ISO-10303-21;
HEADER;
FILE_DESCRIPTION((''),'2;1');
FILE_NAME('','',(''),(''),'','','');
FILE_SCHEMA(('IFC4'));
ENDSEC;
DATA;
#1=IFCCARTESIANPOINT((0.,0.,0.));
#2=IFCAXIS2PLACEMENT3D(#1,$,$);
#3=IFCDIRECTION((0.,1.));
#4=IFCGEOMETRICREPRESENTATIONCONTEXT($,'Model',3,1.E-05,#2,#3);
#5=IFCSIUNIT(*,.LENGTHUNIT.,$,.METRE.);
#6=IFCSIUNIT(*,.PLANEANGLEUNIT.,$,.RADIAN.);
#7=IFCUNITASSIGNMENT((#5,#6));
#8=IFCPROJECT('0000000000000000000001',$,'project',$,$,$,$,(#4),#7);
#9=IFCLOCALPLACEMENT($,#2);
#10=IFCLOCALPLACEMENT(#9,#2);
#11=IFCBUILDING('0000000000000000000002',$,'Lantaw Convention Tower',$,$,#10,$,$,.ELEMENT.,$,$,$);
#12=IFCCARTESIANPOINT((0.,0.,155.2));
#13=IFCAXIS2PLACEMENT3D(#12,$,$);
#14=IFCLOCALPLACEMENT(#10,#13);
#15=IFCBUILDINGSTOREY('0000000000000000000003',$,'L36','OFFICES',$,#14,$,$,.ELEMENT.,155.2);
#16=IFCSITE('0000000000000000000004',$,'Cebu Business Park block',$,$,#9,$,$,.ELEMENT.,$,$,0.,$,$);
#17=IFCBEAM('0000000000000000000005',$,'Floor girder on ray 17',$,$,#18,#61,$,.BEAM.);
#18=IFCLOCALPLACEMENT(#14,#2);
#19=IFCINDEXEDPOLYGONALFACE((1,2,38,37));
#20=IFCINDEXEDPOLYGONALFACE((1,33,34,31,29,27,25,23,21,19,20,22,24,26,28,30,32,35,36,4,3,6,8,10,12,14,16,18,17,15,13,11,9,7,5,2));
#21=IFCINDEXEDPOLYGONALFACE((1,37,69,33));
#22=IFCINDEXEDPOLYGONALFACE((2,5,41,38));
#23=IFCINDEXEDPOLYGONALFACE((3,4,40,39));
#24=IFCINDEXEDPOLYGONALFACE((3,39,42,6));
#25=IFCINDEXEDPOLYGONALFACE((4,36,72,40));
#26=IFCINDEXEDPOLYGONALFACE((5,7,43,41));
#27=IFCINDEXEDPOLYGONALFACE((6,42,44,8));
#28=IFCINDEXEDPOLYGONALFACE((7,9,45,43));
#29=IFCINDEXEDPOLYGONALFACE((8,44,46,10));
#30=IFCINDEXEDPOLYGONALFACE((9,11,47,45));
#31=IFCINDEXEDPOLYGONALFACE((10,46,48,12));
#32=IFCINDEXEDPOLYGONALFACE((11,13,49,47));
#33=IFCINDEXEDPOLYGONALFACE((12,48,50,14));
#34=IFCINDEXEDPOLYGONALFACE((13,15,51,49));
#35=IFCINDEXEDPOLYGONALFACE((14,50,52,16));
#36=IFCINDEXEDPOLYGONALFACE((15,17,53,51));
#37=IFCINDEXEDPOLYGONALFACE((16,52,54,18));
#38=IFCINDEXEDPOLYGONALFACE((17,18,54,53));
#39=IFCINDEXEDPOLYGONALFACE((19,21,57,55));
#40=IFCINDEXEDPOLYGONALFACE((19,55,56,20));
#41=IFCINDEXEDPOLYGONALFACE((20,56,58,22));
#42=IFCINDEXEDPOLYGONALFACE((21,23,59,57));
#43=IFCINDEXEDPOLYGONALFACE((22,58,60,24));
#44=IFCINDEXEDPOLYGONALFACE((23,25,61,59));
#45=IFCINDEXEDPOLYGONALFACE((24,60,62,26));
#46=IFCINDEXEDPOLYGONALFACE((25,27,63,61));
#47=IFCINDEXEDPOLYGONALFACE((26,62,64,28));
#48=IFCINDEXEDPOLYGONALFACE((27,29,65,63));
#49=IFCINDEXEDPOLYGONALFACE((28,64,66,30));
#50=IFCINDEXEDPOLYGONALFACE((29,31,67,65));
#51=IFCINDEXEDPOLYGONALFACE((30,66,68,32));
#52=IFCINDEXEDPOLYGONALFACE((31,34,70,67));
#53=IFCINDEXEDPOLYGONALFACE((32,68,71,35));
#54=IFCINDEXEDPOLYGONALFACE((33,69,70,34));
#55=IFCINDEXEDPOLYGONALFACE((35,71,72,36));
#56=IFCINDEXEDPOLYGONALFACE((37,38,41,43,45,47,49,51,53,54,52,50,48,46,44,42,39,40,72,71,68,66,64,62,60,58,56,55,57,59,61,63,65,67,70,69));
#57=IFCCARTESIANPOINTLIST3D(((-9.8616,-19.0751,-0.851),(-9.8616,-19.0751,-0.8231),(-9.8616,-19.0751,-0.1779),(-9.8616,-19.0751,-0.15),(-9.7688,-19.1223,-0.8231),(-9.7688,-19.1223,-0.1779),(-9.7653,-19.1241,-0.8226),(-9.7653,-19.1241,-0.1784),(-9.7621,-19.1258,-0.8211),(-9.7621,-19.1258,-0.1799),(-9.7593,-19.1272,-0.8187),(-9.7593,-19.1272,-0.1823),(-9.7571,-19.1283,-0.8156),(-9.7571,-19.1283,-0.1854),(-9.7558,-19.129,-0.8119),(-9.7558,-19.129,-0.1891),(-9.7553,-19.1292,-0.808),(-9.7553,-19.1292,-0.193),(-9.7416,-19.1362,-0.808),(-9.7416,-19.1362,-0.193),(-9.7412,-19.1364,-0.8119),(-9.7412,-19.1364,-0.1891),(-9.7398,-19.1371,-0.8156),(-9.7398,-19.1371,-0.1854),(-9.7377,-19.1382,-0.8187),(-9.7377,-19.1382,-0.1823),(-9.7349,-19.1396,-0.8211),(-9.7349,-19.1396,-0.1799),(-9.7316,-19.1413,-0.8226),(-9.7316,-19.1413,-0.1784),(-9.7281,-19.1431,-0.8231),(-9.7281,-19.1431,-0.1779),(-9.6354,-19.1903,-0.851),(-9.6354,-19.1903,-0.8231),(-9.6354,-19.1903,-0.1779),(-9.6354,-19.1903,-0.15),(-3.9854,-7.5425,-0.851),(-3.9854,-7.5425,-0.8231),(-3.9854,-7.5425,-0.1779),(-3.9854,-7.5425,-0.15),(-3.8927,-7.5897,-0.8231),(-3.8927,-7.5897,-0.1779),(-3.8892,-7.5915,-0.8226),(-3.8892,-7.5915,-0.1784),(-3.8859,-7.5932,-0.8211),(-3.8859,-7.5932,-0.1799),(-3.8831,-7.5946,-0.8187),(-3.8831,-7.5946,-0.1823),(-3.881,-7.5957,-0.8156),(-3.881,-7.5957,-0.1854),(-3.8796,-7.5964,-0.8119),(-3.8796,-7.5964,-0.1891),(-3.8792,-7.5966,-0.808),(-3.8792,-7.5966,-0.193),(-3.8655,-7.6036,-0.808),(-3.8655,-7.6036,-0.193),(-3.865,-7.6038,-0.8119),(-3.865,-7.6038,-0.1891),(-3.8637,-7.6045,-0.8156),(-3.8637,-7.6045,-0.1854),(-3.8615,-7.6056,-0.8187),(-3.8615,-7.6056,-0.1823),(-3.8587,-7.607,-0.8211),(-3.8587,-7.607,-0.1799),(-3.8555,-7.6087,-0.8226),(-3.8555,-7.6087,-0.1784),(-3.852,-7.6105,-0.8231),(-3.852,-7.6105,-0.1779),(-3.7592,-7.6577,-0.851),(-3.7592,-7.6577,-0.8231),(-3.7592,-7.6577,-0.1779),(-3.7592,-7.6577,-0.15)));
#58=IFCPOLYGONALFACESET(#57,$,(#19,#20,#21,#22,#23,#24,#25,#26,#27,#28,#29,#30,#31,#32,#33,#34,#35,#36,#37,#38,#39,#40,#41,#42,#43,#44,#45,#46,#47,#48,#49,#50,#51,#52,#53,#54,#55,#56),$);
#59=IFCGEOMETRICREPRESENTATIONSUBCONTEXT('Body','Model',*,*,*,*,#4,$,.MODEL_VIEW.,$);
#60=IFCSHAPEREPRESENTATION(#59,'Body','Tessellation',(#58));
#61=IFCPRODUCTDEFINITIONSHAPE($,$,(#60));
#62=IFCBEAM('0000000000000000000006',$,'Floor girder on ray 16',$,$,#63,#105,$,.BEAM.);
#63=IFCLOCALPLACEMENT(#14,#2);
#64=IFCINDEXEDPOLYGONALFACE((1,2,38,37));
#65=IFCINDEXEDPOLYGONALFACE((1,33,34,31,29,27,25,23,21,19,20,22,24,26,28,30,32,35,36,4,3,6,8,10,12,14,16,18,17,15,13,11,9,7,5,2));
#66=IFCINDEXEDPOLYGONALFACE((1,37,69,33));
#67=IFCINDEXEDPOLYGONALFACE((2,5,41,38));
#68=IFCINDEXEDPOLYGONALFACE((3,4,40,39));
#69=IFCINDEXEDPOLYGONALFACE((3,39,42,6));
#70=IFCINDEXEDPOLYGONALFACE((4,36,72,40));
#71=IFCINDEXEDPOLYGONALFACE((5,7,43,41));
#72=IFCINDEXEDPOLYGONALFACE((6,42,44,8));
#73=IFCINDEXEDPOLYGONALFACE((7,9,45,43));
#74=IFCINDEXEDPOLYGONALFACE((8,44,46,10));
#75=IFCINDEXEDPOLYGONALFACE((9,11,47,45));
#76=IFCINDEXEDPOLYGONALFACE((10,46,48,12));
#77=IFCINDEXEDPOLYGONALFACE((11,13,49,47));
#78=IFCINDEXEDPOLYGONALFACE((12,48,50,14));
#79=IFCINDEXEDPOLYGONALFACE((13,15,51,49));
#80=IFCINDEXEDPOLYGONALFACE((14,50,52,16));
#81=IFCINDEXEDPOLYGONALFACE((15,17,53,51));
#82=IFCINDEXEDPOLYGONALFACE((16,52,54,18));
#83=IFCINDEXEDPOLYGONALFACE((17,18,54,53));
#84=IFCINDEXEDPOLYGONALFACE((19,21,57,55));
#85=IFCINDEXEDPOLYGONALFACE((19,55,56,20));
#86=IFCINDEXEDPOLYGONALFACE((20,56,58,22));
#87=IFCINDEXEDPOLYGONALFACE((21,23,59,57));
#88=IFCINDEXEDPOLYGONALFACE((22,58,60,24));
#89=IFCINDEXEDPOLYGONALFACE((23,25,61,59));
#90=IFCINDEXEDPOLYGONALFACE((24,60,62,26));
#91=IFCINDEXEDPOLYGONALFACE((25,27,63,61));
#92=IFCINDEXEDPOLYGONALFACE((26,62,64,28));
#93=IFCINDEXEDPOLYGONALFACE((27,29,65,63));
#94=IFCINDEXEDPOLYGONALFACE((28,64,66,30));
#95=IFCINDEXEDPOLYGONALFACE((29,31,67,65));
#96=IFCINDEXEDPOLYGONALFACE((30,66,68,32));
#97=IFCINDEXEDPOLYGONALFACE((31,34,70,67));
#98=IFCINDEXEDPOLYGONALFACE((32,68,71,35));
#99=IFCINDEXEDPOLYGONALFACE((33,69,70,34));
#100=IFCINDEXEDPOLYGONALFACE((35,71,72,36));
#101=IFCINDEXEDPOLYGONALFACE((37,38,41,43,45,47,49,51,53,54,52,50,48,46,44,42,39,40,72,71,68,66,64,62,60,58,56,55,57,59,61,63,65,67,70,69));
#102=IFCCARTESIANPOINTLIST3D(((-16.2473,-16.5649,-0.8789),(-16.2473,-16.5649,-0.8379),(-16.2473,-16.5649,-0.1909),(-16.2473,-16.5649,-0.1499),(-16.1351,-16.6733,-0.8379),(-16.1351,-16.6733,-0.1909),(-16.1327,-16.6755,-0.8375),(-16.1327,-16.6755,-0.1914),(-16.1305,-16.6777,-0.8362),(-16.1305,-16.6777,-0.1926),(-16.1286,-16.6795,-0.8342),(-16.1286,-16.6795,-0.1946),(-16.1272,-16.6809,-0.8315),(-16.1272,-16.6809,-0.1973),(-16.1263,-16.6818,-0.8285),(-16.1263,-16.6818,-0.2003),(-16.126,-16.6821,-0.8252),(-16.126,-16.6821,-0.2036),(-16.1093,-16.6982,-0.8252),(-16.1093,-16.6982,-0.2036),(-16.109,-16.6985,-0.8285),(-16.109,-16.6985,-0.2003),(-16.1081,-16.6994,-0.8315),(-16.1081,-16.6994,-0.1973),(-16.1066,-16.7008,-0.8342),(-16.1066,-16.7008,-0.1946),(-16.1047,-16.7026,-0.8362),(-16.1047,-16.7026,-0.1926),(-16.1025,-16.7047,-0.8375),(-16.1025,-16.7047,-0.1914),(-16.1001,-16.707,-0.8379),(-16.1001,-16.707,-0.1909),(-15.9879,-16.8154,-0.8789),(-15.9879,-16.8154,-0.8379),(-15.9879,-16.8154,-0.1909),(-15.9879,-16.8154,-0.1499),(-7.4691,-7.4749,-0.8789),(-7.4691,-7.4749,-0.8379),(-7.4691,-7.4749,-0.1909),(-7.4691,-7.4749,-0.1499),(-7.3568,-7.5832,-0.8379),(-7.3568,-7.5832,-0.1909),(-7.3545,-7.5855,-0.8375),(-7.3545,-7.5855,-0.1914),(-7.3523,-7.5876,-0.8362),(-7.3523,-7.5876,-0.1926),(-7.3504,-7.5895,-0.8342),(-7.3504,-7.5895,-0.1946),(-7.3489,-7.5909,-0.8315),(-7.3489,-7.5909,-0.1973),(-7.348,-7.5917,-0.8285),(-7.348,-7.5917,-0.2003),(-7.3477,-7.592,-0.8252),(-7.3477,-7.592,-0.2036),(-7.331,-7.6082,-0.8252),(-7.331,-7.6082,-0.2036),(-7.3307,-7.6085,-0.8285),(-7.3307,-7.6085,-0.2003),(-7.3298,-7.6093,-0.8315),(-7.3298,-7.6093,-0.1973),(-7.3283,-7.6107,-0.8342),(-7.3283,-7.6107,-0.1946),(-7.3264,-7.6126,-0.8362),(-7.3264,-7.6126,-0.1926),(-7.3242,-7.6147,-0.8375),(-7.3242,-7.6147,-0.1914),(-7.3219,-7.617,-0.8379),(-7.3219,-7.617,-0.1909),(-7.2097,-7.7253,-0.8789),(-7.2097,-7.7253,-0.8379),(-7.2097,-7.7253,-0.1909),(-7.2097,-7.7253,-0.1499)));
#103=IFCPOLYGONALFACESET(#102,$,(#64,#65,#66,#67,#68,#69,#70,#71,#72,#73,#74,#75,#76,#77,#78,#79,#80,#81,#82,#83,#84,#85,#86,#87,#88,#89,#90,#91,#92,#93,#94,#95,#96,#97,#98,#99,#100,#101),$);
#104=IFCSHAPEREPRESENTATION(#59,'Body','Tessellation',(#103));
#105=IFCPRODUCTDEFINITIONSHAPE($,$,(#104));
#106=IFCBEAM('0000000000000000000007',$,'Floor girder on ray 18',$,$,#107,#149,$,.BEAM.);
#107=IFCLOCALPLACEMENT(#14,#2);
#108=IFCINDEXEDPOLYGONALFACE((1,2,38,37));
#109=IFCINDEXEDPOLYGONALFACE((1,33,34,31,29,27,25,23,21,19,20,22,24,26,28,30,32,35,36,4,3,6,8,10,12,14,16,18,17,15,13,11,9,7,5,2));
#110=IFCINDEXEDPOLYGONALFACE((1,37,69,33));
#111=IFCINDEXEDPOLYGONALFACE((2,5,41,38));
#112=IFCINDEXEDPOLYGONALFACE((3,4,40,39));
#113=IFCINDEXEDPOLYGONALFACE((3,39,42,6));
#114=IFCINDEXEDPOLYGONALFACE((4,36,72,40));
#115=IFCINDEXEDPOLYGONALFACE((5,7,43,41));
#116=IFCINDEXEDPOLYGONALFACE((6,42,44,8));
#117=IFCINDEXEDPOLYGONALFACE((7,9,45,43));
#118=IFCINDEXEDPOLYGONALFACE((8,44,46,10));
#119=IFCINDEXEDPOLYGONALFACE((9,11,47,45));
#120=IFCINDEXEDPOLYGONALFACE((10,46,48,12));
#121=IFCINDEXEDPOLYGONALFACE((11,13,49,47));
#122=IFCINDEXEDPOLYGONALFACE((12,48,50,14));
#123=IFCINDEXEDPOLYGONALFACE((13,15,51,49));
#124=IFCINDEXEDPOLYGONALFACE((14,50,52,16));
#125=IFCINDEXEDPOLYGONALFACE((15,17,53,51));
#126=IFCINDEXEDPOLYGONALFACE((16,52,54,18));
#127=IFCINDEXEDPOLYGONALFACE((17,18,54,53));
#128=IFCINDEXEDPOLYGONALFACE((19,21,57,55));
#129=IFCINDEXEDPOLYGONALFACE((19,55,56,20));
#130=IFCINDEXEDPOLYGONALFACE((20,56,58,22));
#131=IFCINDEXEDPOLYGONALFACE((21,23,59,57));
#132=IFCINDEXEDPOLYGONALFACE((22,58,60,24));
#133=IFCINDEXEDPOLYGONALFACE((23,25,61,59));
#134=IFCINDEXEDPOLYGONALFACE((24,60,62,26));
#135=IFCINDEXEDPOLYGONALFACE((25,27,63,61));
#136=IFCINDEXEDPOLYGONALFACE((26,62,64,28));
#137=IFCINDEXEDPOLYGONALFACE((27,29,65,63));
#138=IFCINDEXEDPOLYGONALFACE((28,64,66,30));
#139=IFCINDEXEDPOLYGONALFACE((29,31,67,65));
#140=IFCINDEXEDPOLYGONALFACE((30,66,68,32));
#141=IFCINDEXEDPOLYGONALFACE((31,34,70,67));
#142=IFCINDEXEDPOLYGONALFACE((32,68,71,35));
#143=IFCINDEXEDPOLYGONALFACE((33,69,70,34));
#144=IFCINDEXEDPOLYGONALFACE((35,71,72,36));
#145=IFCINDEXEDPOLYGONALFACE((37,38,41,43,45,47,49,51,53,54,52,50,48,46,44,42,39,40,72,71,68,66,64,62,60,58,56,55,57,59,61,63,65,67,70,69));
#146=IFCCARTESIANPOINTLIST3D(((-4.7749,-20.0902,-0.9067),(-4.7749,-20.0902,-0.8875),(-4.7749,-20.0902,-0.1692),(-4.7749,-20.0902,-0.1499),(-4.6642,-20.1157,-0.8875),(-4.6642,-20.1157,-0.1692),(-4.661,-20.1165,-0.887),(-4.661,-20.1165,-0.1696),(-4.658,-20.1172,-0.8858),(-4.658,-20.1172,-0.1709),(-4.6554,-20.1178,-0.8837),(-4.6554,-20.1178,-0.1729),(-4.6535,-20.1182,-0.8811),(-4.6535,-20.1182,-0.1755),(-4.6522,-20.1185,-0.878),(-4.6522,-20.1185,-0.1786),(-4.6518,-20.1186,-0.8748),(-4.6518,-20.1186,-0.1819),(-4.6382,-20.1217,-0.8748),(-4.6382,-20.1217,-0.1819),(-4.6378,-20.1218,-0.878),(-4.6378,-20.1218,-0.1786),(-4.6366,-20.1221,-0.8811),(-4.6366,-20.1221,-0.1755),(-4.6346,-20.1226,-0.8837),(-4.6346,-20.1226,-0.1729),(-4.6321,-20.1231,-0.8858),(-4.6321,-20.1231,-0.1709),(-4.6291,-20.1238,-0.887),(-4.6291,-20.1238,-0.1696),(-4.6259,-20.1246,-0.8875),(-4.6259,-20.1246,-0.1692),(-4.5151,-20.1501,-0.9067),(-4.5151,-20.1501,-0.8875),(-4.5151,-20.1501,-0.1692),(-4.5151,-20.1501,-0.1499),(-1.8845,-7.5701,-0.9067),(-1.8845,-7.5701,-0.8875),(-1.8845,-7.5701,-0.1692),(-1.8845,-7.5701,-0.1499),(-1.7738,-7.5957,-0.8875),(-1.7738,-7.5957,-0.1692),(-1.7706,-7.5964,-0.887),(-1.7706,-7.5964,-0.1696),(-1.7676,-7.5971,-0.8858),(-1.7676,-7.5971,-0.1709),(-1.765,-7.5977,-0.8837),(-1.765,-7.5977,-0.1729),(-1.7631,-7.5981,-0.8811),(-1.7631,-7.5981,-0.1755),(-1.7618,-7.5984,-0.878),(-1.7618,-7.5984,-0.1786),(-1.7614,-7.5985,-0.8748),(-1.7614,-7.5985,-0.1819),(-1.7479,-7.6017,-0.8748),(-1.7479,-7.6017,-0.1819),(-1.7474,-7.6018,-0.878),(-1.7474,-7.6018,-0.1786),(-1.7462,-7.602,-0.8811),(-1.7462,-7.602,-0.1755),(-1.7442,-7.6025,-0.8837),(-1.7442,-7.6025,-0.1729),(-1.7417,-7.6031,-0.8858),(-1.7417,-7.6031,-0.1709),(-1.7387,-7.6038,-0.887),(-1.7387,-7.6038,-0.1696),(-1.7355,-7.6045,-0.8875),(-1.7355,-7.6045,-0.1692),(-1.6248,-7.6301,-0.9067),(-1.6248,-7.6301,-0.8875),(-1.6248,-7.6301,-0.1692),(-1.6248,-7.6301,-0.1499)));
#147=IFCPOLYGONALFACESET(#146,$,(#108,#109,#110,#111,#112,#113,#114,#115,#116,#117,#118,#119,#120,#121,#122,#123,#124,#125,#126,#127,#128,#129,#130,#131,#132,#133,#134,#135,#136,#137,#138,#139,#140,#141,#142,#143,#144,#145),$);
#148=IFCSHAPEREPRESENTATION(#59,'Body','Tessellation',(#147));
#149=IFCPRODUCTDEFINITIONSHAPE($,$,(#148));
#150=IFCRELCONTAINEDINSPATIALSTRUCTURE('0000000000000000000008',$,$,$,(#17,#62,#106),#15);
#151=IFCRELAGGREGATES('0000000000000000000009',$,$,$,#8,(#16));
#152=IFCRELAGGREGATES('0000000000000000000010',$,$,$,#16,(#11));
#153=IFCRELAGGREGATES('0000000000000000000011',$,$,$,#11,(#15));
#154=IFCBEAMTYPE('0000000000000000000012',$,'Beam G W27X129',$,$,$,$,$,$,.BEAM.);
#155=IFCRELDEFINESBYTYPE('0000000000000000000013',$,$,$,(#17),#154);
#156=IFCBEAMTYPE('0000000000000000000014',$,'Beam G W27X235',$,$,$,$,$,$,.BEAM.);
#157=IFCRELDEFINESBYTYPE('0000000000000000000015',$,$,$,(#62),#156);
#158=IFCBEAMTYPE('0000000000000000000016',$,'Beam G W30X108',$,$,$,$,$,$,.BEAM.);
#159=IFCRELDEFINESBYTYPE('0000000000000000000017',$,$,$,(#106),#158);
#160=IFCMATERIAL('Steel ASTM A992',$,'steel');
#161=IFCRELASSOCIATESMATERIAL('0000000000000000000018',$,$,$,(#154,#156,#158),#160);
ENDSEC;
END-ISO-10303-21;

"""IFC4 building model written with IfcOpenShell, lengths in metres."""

from ifc_helpers import new_model, si_unit, direction, frame, origin, origin_2d, place, context, subcontext, project, spatial, i_section, extrude, material, material_profile, profile_set, type_object, element, save


model = new_model("IFC4")

# Units and contexts
model_context = context("Model", 3, precision=1e-05, world=origin(), true_north=direction((0.0, 1.0)))
body_context = subcontext(model_context, "Body", "Model", "MODEL_VIEW")
ifc_project = project(units=[si_unit("LENGTHUNIT", "METRE"), si_unit("PLANEANGLEUNIT", "RADIAN")], contexts=[model_context])

# Site, building, storey
site_placement = place(None, origin())
site = spatial("IfcSite", under=ifc_project, at=site_placement, Name="Cebu Business Park block", CompositionType="ELEMENT", RefElevation=0.0)
building_placement = place(site_placement, origin())
building = spatial("IfcBuilding", under=site, at=building_placement, Name="Lantaw Convention Tower", CompositionType="ELEMENT")
storey_placement = place(building_placement, frame((0.0, 0.0, 155.2)))
storey = spatial("IfcBuildingStorey", under=building, at=storey_placement, Name="L36", Description="OFFICES", CompositionType="ELEMENT", Elevation=155.2)

# Beams
ifc_material_1 = material(Name="Steel ASTM A992", Category="steel")
ifc_material_profile_1 = material_profile(ifc_material_1, i_section(OverallWidth=0.2539, OverallDepth=0.7009, WebThickness=0.0154, FlangeThickness=0.0278, FilletRadius=0.0151, at=origin_2d()), Name="W27X129")
ifc_profile_set_1 = profile_set([ifc_material_profile_1], Name="Steel ASTM A992")
beam_type_1 = type_object("IfcBeamType", Name="Beam G W27X129", PredefinedType="BEAM", material=ifc_profile_set_1)
beam_1_placement = place(storey_placement, frame((-3.8723, -7.6001, -0.5005), z_axis=(-0.453991, -0.891006, 0.0), x_axis=(0.891006, -0.453991, 0.0)))
element("IfcBeam", 1, at=beam_1_placement, inside=storey, type_object=beam_type_1, Name="Floor girder on ray 17", PredefinedType="BEAM", context=body_context, shape_type="SweptSolid", body=[
    extrude(i_section(OverallWidth=0.2539, OverallDepth=0.7009, WebThickness=0.0154, FlangeThickness=0.0278, FilletRadius=0.0151, at=origin_2d()), origin(), (0.0, 0.0, 1.0), 12.9434),
])
ifc_material_profile_2 = material_profile(ifc_material_1, i_section(OverallWidth=0.3606, OverallDepth=0.729, WebThickness=0.0232, FlangeThickness=0.041, FilletRadius=0.0127, at=origin_2d()), Name="W27X235")
ifc_profile_set_2 = profile_set([ifc_material_profile_2], Name="Steel ASTM A992")
beam_type_2 = type_object("IfcBeamType", Name="Beam G W27X235", PredefinedType="BEAM", material=ifc_profile_set_2)
beam_2_placement = place(storey_placement, frame((-7.3394, -7.6001, -0.5144), z_axis=(-0.694663, -0.719335, 0.0), x_axis=(0.719335, -0.694663, 0.0)))
element("IfcBeam", 2, at=beam_2_placement, inside=storey, type_object=beam_type_2, Name="Floor girder on ray 16", PredefinedType="BEAM", context=body_context, shape_type="SweptSolid", body=[
    extrude(i_section(OverallWidth=0.3606, OverallDepth=0.729, WebThickness=0.0232, FlangeThickness=0.041, FilletRadius=0.0127, at=origin_2d()), origin(), (0.0, 0.0, 1.0), 12.6367),
])
ifc_material_profile_3 = material_profile(ifc_material_1, i_section(OverallWidth=0.2666, OverallDepth=0.7568, WebThickness=0.0139, FlangeThickness=0.0193, FilletRadius=0.0127, at=origin_2d()), Name="W30X108")
ifc_profile_set_3 = profile_set([ifc_material_profile_3], Name="Steel ASTM A992")
beam_type_3 = type_object("IfcBeamType", Name="Beam G W30X108", PredefinedType="BEAM", material=ifc_profile_set_3)
beam_3_placement = place(storey_placement, frame((-1.7546, -7.6001, -0.5283), z_axis=(-0.224944, -0.974372, 0.0), x_axis=(0.974372, -0.224944, 0.0)))
element("IfcBeam", 3, at=beam_3_placement, inside=storey, type_object=beam_type_3, Name="Floor girder on ray 18", PredefinedType="BEAM", context=body_context, shape_type="SweptSolid", body=[
    extrude(i_section(OverallWidth=0.2666, OverallDepth=0.7568, WebThickness=0.0139, FlangeThickness=0.0193, FilletRadius=0.0127, at=origin_2d()), origin(), (0.0, 0.0, 1.0), 12.8494),
])

save(model, "model.ifc")
